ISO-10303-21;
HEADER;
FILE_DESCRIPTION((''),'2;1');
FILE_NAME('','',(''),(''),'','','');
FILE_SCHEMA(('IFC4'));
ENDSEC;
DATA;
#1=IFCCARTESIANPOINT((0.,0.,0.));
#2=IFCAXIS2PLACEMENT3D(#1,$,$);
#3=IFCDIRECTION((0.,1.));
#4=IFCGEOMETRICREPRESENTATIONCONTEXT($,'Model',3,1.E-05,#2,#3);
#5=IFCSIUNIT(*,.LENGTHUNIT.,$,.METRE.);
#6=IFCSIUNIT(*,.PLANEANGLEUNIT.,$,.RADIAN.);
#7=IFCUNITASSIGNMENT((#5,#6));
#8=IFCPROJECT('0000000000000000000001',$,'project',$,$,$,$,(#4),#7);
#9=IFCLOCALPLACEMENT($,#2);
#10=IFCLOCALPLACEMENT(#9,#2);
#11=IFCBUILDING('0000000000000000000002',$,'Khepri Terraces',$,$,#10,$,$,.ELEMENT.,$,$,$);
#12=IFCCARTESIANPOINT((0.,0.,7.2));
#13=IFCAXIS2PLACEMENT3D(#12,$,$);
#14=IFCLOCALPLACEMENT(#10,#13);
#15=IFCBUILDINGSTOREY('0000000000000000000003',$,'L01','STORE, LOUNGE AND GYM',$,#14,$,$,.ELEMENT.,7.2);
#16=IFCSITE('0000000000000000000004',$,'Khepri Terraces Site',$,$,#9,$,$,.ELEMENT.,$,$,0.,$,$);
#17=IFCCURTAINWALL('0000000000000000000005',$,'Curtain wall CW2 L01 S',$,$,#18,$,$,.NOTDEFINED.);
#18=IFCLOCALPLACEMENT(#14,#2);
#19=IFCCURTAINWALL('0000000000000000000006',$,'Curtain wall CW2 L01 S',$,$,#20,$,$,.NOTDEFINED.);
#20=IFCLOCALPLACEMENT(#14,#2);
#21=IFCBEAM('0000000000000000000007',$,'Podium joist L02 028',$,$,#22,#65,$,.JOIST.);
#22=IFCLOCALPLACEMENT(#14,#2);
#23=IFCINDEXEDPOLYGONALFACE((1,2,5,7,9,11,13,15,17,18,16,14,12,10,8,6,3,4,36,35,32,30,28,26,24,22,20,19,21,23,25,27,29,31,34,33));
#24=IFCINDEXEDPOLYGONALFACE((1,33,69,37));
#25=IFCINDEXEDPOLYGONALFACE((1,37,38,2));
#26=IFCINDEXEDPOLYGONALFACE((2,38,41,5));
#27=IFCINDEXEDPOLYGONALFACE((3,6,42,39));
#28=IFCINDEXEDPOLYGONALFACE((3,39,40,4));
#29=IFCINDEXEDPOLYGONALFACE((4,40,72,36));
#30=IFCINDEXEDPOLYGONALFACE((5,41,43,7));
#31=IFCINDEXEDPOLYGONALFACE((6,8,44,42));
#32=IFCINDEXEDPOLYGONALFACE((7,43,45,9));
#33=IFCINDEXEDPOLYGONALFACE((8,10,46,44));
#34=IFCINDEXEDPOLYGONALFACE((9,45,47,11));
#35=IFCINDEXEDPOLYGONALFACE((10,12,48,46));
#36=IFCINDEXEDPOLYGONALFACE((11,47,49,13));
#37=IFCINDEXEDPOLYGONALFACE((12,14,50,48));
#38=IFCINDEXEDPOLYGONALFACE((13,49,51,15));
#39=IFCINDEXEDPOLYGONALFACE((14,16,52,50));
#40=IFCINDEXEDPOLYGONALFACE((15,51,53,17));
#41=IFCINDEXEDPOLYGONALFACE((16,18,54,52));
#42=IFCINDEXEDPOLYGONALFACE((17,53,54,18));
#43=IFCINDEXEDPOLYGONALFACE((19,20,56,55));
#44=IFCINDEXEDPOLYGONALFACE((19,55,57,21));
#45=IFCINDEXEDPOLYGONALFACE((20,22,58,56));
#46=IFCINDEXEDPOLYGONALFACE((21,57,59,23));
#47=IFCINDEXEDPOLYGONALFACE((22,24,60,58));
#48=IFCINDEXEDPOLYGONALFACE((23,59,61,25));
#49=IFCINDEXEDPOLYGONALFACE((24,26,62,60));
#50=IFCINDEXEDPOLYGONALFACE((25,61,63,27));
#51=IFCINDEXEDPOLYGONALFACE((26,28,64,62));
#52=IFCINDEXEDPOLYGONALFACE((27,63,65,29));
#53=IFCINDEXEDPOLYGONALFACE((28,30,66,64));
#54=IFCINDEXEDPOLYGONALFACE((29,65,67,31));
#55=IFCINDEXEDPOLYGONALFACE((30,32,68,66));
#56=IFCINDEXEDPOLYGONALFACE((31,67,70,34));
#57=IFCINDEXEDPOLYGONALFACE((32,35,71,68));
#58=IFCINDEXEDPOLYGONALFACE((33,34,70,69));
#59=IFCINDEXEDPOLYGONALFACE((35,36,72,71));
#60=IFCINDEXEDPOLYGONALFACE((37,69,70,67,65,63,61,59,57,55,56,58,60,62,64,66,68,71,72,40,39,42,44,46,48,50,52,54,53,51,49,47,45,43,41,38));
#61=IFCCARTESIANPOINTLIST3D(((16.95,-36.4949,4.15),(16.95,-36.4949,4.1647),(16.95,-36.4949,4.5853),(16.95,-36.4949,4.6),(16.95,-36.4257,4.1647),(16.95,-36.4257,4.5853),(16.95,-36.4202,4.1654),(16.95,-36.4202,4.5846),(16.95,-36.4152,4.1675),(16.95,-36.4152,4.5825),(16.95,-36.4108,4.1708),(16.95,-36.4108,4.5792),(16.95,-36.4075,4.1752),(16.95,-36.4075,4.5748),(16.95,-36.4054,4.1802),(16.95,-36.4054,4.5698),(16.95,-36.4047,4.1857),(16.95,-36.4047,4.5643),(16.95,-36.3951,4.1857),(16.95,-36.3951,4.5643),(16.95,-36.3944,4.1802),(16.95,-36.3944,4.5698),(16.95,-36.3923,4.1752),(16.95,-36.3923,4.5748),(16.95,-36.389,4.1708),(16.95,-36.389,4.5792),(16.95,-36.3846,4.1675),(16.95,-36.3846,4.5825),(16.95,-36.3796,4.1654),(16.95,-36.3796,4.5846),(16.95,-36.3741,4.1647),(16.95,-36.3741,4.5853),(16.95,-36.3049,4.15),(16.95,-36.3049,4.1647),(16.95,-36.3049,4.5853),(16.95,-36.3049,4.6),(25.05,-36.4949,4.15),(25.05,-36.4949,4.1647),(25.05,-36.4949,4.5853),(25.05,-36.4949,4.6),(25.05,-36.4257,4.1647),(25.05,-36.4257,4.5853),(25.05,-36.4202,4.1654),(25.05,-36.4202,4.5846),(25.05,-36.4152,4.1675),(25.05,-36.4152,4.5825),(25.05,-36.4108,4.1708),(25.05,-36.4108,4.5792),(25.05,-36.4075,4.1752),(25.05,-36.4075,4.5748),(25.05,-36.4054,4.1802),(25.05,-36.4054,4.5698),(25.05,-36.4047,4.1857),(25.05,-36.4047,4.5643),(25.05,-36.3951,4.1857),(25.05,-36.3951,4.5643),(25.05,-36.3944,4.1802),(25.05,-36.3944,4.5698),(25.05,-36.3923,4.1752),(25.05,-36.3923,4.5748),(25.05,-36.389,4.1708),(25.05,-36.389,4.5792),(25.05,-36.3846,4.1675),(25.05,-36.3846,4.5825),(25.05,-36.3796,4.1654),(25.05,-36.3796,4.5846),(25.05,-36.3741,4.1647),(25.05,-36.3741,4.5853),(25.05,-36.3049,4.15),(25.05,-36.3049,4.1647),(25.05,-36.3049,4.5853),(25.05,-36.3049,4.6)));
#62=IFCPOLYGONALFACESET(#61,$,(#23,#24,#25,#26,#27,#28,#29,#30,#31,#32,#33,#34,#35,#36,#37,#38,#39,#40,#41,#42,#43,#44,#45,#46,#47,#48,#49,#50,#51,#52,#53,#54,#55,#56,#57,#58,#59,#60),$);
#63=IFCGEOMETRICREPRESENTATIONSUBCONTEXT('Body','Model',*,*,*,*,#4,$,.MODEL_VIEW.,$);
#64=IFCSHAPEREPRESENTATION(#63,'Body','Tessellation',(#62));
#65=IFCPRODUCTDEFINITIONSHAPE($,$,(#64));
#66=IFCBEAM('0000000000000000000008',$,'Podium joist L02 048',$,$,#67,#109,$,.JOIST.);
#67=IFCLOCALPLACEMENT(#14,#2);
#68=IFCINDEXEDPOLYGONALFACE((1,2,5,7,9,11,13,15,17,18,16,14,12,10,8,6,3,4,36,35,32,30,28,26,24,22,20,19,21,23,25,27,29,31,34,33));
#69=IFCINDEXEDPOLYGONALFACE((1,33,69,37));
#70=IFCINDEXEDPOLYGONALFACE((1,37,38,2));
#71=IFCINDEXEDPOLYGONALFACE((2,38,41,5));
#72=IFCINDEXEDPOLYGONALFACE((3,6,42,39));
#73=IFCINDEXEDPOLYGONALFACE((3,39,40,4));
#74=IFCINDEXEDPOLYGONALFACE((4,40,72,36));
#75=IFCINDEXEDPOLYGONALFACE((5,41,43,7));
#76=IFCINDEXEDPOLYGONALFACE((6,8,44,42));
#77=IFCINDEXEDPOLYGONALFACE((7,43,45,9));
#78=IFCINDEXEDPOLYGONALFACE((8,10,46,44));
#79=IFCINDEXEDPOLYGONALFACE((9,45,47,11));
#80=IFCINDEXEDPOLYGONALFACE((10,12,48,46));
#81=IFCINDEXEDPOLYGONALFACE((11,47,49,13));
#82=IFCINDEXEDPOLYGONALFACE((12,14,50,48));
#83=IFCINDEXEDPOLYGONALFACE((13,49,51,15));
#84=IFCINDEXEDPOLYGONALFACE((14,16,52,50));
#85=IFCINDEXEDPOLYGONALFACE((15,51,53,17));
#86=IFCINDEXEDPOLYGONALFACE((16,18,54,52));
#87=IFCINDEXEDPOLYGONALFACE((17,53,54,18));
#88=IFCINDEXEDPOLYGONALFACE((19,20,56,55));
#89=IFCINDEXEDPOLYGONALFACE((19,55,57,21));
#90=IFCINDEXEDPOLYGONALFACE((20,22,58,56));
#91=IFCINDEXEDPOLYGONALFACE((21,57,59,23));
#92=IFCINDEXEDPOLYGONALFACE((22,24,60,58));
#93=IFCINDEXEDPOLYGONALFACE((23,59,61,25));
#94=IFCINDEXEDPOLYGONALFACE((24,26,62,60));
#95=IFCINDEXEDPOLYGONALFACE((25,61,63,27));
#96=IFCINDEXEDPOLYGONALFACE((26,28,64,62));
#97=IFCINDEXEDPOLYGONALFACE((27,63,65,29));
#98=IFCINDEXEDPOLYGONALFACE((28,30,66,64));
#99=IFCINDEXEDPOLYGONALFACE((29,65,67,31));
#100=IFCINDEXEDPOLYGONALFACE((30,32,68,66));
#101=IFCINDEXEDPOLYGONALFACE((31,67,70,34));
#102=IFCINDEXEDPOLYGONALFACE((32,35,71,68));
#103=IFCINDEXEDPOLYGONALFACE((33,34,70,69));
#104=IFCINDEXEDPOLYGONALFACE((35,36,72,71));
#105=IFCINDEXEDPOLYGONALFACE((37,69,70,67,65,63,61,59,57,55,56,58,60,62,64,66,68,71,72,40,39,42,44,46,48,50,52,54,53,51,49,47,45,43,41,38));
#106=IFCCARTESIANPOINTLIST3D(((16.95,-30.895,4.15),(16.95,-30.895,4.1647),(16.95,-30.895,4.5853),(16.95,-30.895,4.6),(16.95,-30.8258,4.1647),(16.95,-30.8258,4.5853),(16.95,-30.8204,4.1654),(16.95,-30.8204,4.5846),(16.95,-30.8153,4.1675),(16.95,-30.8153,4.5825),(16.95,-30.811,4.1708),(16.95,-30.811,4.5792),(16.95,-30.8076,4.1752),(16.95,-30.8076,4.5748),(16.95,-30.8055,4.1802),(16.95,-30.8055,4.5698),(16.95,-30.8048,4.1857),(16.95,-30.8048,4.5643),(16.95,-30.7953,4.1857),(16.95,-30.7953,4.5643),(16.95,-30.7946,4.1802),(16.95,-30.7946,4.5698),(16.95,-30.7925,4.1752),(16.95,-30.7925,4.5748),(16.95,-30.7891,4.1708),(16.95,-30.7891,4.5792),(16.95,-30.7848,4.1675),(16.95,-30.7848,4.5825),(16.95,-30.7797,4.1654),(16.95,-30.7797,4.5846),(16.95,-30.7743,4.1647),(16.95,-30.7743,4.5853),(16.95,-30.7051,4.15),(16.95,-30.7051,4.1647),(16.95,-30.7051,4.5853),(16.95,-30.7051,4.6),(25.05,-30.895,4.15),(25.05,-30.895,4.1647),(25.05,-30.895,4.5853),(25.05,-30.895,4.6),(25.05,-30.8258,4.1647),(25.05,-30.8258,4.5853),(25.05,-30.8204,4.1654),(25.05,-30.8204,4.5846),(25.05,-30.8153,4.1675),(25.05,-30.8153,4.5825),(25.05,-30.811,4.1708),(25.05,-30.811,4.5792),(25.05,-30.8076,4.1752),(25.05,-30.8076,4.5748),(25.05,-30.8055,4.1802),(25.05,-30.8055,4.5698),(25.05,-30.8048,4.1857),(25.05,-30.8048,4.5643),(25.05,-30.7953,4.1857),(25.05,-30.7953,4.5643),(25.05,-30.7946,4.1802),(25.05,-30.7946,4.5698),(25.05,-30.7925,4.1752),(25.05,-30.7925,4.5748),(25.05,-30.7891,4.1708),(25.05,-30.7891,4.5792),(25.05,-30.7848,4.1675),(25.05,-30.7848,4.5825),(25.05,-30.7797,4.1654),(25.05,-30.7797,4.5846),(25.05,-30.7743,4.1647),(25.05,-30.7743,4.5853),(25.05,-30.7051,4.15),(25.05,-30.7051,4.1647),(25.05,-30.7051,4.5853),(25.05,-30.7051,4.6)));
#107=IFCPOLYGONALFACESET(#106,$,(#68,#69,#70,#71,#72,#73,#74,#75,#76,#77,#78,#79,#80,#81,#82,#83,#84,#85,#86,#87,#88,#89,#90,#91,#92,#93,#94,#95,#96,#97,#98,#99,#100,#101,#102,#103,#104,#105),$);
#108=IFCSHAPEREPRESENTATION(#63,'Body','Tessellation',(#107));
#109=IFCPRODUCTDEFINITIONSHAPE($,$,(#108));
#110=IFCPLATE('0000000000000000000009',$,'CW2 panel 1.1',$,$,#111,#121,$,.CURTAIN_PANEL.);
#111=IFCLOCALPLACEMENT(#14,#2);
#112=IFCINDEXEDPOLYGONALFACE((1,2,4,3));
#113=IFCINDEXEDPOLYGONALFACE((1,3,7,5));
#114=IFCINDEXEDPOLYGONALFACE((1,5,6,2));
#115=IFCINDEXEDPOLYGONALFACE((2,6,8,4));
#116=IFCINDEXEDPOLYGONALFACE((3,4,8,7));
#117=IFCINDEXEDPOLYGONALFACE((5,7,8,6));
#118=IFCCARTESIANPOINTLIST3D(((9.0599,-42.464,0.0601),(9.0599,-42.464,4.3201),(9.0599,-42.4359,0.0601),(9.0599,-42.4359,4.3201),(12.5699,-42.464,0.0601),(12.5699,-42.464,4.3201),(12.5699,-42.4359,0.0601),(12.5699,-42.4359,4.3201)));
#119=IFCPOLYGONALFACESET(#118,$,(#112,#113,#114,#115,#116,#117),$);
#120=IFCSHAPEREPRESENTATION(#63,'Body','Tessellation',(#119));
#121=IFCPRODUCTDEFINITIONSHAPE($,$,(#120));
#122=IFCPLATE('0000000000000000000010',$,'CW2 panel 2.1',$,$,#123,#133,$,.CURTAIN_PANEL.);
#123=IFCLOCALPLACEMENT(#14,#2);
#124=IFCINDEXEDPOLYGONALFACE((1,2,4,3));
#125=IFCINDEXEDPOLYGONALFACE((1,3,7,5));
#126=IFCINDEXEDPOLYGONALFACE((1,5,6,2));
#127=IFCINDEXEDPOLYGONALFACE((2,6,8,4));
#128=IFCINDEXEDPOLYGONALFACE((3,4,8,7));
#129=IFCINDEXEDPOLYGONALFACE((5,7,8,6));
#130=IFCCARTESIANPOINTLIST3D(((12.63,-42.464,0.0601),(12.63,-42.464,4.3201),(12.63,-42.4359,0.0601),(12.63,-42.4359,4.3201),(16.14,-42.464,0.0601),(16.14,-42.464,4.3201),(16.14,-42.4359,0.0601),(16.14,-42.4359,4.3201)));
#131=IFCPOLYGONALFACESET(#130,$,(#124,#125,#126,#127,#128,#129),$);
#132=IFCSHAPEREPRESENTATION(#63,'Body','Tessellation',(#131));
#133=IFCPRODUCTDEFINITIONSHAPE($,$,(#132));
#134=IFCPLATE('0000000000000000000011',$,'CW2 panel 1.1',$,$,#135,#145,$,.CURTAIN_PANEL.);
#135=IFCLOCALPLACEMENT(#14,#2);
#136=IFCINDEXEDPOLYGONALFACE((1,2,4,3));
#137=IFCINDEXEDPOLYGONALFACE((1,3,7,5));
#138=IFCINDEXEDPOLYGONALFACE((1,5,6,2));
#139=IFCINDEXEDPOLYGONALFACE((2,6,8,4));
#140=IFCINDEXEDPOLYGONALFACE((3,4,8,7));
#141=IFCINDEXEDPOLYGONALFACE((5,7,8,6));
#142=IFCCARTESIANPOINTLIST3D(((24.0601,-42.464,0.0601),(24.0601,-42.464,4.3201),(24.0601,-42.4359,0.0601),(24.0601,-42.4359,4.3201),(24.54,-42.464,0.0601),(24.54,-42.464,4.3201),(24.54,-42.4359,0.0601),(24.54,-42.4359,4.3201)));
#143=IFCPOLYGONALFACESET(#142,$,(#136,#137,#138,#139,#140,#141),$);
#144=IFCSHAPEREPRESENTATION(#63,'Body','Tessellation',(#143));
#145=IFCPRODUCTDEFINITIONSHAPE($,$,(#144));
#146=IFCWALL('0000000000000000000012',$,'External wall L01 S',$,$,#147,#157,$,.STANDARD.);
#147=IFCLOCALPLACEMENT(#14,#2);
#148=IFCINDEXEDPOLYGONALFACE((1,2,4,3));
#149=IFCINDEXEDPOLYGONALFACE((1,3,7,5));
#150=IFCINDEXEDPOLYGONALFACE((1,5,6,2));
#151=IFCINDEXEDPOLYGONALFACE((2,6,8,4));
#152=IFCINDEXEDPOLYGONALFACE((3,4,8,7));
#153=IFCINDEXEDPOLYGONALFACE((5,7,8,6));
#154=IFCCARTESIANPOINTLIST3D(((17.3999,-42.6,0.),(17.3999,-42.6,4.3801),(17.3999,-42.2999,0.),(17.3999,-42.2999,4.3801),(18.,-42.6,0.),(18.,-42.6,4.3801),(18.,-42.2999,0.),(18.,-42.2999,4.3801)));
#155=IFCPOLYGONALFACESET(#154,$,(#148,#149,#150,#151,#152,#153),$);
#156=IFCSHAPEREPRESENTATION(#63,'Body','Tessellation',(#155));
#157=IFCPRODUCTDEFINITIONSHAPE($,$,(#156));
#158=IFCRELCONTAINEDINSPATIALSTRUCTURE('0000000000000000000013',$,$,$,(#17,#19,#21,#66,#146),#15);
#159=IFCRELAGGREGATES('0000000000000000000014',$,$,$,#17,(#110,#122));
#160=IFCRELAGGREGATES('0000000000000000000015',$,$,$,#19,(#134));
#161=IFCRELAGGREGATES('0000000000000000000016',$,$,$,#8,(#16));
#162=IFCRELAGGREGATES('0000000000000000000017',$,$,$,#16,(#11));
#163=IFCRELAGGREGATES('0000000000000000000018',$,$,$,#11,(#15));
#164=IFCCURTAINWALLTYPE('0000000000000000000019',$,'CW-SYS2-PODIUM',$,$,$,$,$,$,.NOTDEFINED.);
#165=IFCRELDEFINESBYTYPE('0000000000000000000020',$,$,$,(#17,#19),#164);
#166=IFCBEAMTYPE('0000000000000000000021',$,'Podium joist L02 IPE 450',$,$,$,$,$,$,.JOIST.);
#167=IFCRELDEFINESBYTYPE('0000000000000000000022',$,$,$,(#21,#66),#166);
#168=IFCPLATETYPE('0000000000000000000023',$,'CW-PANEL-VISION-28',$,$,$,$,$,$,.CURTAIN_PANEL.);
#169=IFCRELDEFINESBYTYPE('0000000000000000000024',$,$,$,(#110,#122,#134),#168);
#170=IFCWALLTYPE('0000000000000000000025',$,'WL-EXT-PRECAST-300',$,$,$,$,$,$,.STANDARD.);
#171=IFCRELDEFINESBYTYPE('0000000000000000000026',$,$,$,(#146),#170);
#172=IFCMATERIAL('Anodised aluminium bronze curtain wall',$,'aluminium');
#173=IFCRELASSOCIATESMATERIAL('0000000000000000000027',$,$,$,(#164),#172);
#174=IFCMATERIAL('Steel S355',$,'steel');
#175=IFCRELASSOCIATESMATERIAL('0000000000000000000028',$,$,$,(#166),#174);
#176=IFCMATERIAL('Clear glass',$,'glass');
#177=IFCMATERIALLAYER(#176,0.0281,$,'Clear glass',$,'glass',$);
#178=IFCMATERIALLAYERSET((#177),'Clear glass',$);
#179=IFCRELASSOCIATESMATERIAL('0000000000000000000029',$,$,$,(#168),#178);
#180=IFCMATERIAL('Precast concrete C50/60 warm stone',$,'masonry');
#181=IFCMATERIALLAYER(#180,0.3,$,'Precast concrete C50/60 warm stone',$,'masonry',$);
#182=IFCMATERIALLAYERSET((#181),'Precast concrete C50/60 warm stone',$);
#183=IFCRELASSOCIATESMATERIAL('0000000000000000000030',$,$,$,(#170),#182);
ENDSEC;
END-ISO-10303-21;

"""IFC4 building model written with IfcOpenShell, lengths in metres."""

from ifc_helpers import new_model, si_unit, direction, frame, frame_2d, origin, origin_2d, place, context, subcontext, project, spatial, rectangle, i_section, extrude, material, layer, layer_set, material_profile, profile_set, type_object, element, aggregate, save


model = new_model("IFC4")

# Units and contexts
model_context = context("Model", 3, precision=1e-05, world=origin(), true_north=direction((0.0, 1.0)))
body_context = subcontext(model_context, "Body", "Model", "MODEL_VIEW")
ifc_project = project(units=[si_unit("LENGTHUNIT", "METRE"), si_unit("PLANEANGLEUNIT", "RADIAN")], contexts=[model_context])

# Site, building, storey
site_placement = place(None, origin())
site = spatial("IfcSite", under=ifc_project, at=site_placement, Name="Khepri Terraces Site", CompositionType="ELEMENT", RefElevation=0.0)
building_placement = place(site_placement, origin())
building = spatial("IfcBuilding", under=site, at=building_placement, Name="Khepri Terraces", CompositionType="ELEMENT")
storey_placement = place(building_placement, frame((0.0, 0.0, 7.2)))
storey = spatial("IfcBuildingStorey", under=building, at=storey_placement, Name="L01", Description="STORE, LOUNGE AND GYM", CompositionType="ELEMENT", Elevation=7.2)

# Curtain walls
ifc_material_1 = material(Name="Anodised aluminium bronze curtain wall", Category="aluminium")
curtain_wall_type = type_object("IfcCurtainWallType", Name="CW-SYS2-PODIUM", PredefinedType="NOTDEFINED", material=ifc_material_1)
curtain_wall_1_placement = place(storey_placement, origin())
curtain_wall_1 = element("IfcCurtainWall", 1, at=curtain_wall_1_placement, inside=storey, type_object=curtain_wall_type, Name="Curtain wall CW2 L01 S", PredefinedType="NOTDEFINED")
curtain_wall_2_placement = place(storey_placement, origin())
curtain_wall_2 = element("IfcCurtainWall", 2, at=curtain_wall_2_placement, inside=storey, type_object=curtain_wall_type, Name="Curtain wall CW2 L01 S", PredefinedType="NOTDEFINED")

# Beams
ifc_material_2 = material(Name="Steel S355", Category="steel")
ifc_material_profile_1 = material_profile(ifc_material_2, i_section(OverallWidth=0.1899, OverallDepth=0.45, WebThickness=0.0095, FlangeThickness=0.0146, FilletRadius=0.021, at=origin_2d()), Name="Steel S355", Category="steel")
ifc_profile_set_1 = profile_set([ifc_material_profile_1], Name="Steel S355")
beam_type_1 = type_object("IfcBeamType", Name="Podium joist L02 IPE 450", PredefinedType="JOIST", material=ifc_profile_set_1)
for number, where, z_axis, x_axis, name in (
    (3, (16.95, -36.3999, 4.375), (1.0, 0.0, 0.0), (0.0, 1.0, 0.0), "Podium joist L02 028"),
    (4, (16.95, -30.8, 4.375), (1.0, 0.0, 0.0), (0.0, 1.0, 0.0), "Podium joist L02 048"),
):
    element("IfcBeam", number, at=place(storey_placement, frame(where, z_axis=z_axis, x_axis=x_axis)), inside=storey, type_object=beam_type_1, Name=name, PredefinedType="JOIST", context=body_context, shape_type="SweptSolid", body=[
        extrude(i_section(OverallWidth=0.1899, OverallDepth=0.45, WebThickness=0.0095, FlangeThickness=0.0146, FilletRadius=0.021, at=origin_2d()), origin(), (0.0, 0.0, 1.0), 8.1001),
    ])

# Plates
ifc_material_3 = material(Name="Clear glass", Category="glass")
ifc_layer_1 = layer(ifc_material_3, 0.0281, Name="Clear glass", Category="glass")
ifc_layer_set_1 = layer_set([ifc_layer_1], Name="Clear glass")
plate_type = type_object("IfcPlateType", Name="CW-PANEL-VISION-28", PredefinedType="CURTAIN_PANEL", material=ifc_layer_set_1)
plate_1_placement = place(storey_placement, frame((10.8149, -42.45, 0.0601), z_axis=(0.0, 0.0, 1.0), x_axis=(1.0, 0.0, 0.0)))
plate_1 = element("IfcPlate", 5, at=plate_1_placement, type_object=plate_type, Name="CW2 panel 1.1", PredefinedType="CURTAIN_PANEL", context=body_context, shape_type="SweptSolid", body=[
    extrude(rectangle(XDim=3.51, YDim=0.0281, at=origin_2d()), origin(), (0.0, 0.0, 1.0), 4.26),
])
plate_2_placement = place(storey_placement, frame((14.385, -42.45, 0.0601), z_axis=(0.0, 0.0, 1.0), x_axis=(1.0, 0.0, 0.0)))
plate_2 = element("IfcPlate", 6, at=plate_2_placement, type_object=plate_type, Name="CW2 panel 2.1", PredefinedType="CURTAIN_PANEL", context=body_context, shape_type="SweptSolid", body=[
    extrude(rectangle(XDim=3.51, YDim=0.0281, at=origin_2d()), origin(), (0.0, 0.0, 1.0), 4.26),
])
aggregate(curtain_wall_1, [plate_1, plate_2])
plate_3_placement = place(storey_placement, frame((24.3, -42.45, 0.0601), z_axis=(0.0, 0.0, 1.0), x_axis=(1.0, 0.0, 0.0)))
plate_3 = element("IfcPlate", 7, at=plate_3_placement, type_object=plate_type, Name="CW2 panel 1.1", PredefinedType="CURTAIN_PANEL", context=body_context, shape_type="SweptSolid", body=[
    extrude(rectangle(XDim=0.48, YDim=0.0281, at=origin_2d()), origin(), (0.0, 0.0, 1.0), 4.26),
])
aggregate(curtain_wall_2, [plate_3])

# Wall
ifc_material_4 = material(Name="Precast concrete C50/60 warm stone", Category="masonry")
ifc_layer_2 = layer(ifc_material_4, 0.3, Name="Precast concrete C50/60 warm stone", Category="masonry")
ifc_layer_set_2 = layer_set([ifc_layer_2], Name="Precast concrete C50/60 warm stone")
wall_type = type_object("IfcWallType", Name="WL-EXT-PRECAST-300", PredefinedType="STANDARD", material=ifc_layer_set_2)
wall_1_placement = place(storey_placement, frame((17.3999, -42.45, 0.0), z_axis=(0.0, 0.0, 1.0), x_axis=(1.0, 0.0, 0.0)))
element("IfcWall", 8, at=wall_1_placement, inside=storey, type_object=wall_type, Name="External wall L01 S", PredefinedType="STANDARD", context=body_context, shape_type="SweptSolid", body=[
    extrude(rectangle(XDim=0.6001, YDim=0.3, at=frame_2d((0.3, 0.0))), origin(), (0.0, 0.0, 1.0), 4.3801),
])

save(model, "model.ifc")
